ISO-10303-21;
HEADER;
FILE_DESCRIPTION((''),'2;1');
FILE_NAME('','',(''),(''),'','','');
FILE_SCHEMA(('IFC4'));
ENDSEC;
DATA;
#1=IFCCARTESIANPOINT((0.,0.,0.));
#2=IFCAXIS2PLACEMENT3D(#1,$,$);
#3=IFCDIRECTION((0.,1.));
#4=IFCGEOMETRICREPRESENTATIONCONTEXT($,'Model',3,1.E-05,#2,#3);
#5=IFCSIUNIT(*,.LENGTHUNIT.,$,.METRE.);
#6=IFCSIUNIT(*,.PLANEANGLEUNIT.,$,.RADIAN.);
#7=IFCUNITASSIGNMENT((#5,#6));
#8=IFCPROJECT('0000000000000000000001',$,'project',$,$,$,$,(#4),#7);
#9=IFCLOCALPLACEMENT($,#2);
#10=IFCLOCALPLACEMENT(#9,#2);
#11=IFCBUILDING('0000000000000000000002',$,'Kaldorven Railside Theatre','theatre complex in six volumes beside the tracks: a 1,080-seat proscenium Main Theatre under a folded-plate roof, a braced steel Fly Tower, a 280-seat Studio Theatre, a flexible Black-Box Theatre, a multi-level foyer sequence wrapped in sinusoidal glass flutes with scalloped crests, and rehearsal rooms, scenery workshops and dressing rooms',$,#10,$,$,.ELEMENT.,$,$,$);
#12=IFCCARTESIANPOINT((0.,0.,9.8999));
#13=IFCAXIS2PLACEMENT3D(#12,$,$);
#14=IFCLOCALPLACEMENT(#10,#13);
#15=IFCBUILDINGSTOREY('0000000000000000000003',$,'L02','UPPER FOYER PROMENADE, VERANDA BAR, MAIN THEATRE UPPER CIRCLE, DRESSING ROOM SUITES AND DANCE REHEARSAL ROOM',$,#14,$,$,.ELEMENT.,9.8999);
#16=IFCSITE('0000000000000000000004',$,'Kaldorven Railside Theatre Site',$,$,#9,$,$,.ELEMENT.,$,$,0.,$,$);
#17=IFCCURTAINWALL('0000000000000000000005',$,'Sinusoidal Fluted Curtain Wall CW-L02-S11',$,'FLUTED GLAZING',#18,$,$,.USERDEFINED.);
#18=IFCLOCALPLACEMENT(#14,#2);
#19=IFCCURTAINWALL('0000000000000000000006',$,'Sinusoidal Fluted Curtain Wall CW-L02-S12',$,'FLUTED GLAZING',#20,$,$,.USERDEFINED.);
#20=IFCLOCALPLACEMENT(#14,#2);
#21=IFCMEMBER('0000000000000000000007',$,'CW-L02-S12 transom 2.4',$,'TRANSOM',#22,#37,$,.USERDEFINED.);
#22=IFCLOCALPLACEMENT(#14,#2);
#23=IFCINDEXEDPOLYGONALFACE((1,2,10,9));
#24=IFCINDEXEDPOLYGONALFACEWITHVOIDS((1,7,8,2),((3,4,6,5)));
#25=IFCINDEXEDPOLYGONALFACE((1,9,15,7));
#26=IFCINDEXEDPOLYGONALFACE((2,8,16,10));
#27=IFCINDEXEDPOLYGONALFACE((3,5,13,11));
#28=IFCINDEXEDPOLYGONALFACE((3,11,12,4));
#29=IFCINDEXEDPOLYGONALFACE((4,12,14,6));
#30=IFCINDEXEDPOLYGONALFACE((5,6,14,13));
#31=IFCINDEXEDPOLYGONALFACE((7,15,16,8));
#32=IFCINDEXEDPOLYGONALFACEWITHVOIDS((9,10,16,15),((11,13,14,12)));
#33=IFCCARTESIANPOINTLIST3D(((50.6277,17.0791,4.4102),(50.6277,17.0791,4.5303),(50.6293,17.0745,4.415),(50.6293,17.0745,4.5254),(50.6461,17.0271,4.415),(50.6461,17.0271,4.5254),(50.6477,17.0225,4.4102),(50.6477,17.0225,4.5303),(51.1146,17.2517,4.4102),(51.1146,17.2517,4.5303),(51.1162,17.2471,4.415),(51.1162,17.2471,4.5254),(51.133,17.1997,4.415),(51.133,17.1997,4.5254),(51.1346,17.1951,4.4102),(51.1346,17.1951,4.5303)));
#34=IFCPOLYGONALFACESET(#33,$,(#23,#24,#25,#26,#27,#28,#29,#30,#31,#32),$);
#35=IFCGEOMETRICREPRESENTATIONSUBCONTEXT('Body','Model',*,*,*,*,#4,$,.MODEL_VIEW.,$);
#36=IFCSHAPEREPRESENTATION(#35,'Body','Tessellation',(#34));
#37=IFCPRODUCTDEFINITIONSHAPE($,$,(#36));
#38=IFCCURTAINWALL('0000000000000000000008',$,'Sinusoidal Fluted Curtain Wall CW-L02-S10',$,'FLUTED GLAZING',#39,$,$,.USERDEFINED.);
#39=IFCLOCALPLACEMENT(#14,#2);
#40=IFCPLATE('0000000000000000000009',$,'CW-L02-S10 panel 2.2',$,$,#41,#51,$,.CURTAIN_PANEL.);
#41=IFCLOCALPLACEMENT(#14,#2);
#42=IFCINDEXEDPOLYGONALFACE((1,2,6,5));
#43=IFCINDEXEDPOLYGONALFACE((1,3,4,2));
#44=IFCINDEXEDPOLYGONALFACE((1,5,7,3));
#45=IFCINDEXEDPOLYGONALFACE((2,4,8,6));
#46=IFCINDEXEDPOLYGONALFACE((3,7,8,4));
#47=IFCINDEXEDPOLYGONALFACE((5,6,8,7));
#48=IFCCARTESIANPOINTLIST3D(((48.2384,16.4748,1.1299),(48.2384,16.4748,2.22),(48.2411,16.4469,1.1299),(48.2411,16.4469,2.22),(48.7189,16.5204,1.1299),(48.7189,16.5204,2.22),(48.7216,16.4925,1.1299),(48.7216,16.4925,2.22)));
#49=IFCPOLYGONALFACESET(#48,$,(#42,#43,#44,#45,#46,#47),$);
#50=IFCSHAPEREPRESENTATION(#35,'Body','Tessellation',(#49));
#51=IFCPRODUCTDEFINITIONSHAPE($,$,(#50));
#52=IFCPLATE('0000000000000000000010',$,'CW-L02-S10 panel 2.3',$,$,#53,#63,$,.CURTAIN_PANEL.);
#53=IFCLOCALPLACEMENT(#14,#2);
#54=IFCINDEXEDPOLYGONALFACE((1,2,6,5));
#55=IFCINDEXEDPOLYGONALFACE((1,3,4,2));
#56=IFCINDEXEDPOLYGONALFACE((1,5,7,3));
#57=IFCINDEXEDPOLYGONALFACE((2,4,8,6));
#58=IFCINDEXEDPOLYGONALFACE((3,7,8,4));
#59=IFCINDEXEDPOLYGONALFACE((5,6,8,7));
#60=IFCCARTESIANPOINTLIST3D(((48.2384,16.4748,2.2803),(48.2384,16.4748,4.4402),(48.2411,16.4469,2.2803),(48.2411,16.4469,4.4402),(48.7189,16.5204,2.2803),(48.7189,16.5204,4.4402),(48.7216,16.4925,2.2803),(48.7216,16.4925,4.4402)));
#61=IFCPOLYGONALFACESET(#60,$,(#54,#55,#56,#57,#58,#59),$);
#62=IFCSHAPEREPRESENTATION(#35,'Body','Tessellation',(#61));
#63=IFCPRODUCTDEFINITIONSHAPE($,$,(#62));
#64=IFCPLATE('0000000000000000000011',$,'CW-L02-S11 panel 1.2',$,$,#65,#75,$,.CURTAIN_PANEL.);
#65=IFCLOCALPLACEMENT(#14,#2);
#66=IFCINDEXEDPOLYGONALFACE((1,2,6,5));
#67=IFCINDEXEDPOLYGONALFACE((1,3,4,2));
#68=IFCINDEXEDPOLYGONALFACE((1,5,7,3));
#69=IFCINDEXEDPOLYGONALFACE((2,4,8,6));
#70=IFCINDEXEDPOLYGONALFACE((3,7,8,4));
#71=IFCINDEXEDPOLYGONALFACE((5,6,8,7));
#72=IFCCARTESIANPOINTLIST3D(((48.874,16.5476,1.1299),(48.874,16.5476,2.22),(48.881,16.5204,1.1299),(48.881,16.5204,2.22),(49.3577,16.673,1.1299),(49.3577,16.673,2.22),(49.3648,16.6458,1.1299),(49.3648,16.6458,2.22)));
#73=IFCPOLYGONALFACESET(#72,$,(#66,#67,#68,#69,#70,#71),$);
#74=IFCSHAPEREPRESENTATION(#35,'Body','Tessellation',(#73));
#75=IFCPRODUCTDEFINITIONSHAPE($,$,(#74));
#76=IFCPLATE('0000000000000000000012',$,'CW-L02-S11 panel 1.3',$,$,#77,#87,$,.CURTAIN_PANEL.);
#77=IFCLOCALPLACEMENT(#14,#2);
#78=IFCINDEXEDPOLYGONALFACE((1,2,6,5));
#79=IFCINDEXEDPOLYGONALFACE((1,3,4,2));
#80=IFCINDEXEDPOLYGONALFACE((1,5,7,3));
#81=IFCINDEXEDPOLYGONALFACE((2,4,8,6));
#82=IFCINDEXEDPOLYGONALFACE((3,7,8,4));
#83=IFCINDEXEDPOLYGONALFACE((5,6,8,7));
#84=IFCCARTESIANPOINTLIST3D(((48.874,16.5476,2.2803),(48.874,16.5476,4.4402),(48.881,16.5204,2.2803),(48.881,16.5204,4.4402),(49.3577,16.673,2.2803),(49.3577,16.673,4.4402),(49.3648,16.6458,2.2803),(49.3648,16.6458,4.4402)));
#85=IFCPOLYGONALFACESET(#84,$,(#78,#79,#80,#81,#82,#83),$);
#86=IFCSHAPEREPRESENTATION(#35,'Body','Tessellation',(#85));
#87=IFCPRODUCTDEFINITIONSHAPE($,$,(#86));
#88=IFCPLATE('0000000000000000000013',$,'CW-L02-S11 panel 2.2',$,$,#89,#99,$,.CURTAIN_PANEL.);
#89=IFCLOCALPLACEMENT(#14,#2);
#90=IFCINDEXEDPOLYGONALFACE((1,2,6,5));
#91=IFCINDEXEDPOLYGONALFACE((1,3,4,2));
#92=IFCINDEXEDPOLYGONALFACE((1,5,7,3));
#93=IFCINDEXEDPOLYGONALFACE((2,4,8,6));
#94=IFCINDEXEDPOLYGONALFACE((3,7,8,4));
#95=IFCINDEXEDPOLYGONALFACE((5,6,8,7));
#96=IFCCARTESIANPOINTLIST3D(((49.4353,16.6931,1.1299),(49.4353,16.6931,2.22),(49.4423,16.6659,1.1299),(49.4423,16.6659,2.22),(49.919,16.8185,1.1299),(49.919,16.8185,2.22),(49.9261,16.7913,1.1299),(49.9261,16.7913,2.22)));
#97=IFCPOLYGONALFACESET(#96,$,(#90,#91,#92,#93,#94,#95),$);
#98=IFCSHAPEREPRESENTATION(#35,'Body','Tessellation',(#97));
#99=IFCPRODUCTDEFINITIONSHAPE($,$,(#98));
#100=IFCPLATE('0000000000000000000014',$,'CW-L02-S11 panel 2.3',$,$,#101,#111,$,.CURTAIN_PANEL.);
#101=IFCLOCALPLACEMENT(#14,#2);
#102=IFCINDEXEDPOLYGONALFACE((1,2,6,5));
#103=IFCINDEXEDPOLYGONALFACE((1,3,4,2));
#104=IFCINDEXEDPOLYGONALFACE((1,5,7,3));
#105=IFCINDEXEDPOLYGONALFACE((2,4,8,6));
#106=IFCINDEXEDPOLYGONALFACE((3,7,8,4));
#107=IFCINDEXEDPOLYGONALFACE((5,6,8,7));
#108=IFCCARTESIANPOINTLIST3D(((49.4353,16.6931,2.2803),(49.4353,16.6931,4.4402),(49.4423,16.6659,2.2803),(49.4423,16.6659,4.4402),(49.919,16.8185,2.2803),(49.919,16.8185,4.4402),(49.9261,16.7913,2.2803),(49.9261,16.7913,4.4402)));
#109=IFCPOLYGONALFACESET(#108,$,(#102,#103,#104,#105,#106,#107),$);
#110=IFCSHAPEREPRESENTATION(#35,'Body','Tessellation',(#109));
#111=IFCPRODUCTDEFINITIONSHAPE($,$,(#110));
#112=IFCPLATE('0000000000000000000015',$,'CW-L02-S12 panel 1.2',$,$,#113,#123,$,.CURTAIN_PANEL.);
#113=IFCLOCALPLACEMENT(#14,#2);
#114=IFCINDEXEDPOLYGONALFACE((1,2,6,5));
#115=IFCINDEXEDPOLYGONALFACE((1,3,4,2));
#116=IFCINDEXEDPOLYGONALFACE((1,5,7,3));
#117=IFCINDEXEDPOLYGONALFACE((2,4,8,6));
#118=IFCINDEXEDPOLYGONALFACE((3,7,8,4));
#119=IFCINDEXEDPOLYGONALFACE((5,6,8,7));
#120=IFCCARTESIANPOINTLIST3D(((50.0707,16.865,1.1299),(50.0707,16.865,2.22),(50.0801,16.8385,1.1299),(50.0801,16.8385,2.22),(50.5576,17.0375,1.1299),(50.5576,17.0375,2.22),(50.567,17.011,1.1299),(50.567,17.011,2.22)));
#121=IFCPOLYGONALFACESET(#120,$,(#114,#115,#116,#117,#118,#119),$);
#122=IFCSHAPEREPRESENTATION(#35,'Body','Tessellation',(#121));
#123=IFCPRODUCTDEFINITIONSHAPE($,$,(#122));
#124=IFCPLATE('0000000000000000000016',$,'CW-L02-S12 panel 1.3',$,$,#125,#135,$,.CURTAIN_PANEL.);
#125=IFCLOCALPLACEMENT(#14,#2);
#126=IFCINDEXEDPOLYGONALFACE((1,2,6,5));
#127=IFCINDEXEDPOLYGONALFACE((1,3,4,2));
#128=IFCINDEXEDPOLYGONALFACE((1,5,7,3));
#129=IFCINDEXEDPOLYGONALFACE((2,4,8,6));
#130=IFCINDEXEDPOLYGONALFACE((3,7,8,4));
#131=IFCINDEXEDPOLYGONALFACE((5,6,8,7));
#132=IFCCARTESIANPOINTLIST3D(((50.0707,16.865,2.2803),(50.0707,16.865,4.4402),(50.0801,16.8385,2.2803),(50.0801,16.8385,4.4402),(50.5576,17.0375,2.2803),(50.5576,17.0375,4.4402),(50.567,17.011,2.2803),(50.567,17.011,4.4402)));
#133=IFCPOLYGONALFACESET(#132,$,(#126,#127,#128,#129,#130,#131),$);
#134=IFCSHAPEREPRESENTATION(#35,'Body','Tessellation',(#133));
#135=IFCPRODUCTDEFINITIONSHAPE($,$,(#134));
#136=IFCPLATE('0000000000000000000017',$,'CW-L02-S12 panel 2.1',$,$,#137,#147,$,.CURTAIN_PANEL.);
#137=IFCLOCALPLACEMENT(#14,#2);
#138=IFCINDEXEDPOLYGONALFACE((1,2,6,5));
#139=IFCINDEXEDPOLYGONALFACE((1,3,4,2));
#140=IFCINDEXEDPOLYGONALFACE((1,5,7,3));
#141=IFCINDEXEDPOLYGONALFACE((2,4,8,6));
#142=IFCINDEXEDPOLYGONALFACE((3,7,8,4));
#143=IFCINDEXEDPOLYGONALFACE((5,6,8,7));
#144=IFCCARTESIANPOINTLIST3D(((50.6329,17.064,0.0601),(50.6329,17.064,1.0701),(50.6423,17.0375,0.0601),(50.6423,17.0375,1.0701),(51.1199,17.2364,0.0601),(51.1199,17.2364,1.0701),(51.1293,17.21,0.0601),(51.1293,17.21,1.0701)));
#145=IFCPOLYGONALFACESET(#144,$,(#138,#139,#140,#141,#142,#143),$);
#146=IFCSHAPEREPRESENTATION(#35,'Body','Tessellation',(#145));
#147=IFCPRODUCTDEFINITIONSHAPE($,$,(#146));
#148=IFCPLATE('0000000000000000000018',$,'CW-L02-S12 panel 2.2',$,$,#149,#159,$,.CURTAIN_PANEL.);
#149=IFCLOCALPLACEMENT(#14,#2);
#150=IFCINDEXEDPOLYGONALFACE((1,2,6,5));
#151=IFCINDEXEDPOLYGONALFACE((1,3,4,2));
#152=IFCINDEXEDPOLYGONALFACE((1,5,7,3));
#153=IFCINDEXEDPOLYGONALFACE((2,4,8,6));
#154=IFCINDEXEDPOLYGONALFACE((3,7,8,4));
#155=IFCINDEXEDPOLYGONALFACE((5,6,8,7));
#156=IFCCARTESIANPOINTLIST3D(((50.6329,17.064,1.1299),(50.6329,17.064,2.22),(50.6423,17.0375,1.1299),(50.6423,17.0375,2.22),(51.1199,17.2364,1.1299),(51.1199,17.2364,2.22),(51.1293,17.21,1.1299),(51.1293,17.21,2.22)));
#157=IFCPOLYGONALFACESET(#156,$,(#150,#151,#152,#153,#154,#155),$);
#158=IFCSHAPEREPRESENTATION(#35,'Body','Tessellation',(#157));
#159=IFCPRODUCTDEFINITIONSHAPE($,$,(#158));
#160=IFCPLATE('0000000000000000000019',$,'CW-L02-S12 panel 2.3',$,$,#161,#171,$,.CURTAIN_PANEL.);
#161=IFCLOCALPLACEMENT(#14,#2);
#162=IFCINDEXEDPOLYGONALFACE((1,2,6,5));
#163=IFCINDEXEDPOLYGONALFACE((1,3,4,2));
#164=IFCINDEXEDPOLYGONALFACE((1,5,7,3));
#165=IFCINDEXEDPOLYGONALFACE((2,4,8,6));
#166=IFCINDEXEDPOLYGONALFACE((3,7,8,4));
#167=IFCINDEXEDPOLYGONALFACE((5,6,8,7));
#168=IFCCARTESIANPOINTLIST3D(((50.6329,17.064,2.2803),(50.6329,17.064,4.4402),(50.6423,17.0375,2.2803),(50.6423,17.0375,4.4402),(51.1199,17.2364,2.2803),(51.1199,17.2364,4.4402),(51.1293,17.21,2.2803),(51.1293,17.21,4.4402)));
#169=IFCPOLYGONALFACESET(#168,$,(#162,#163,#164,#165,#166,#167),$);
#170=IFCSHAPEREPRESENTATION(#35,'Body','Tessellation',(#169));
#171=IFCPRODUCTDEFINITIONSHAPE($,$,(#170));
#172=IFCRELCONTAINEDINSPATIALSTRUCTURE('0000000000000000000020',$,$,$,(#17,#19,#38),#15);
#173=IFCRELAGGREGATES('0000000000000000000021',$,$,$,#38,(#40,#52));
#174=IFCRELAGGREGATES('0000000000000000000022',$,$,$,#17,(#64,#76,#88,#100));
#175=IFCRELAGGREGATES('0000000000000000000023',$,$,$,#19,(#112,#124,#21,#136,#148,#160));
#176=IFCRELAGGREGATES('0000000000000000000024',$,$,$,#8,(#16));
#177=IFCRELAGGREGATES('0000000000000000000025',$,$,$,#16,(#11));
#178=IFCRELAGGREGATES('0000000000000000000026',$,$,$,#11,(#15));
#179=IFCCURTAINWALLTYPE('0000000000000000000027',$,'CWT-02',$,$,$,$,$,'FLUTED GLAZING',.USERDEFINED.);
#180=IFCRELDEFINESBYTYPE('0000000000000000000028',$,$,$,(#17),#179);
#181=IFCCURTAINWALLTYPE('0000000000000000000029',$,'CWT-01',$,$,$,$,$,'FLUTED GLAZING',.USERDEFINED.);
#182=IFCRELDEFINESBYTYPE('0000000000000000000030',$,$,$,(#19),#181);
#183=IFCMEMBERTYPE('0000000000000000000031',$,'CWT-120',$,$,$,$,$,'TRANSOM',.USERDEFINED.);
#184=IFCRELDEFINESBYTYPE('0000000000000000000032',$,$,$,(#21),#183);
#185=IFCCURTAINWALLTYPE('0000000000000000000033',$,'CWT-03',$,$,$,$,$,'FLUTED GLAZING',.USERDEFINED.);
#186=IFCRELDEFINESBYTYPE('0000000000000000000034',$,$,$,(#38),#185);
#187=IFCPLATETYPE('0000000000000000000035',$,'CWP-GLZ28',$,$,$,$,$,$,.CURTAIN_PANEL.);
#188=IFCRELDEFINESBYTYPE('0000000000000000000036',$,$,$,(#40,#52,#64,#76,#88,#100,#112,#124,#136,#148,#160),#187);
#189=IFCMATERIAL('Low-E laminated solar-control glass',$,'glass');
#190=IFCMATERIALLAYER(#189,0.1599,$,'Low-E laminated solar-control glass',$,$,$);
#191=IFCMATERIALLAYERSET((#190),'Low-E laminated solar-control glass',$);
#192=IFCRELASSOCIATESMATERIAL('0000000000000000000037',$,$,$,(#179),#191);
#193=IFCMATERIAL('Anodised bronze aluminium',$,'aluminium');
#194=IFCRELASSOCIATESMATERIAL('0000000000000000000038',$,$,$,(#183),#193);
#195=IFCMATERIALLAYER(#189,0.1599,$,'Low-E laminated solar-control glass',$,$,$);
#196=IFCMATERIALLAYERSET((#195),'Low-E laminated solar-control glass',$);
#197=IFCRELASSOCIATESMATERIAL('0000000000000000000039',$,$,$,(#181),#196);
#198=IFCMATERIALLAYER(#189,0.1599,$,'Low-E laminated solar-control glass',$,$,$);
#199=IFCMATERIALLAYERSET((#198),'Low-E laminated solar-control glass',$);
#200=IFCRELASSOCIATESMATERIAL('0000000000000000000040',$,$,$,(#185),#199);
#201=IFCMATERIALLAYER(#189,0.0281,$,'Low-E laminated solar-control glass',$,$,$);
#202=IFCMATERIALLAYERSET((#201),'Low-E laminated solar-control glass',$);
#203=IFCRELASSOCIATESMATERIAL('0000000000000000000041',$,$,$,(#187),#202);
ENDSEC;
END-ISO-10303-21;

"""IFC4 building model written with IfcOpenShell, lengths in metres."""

from ifc_helpers import new_model, si_unit, direction, frame, origin, origin_2d, place, context, subcontext, project, spatial, rectangle, hollow_rectangle, extrude, material, layer, layer_set, material_profile, profile_set, type_object, element, aggregate, save


model = new_model("IFC4")

# Units and contexts
model_context = context("Model", 3, precision=1e-05, world=origin(), true_north=direction((0.0, 1.0)))
body_context = subcontext(model_context, "Body", "Model", "MODEL_VIEW")
ifc_project = project(units=[si_unit("LENGTHUNIT", "METRE"), si_unit("PLANEANGLEUNIT", "RADIAN")], contexts=[model_context])

# Site, building, storey
site_placement = place(None, origin())
site = spatial("IfcSite", under=ifc_project, at=site_placement, Name="Kaldorven Railside Theatre Site", CompositionType="ELEMENT", RefElevation=0.0)
building_placement = place(site_placement, origin())
building = spatial("IfcBuilding", under=site, at=building_placement, Name="Kaldorven Railside Theatre", Description="theatre complex in six volumes beside the tracks: a 1,080-seat proscenium Main Theatre under a folded-plate roof, a braced steel Fly Tower, a 280-seat Studio Theatre, a flexible Black-Box Theatre, a multi-level foyer sequence wrapped in sinusoidal glass flutes with scalloped crests, and rehearsal rooms, scenery workshops and dressing rooms", CompositionType="ELEMENT")
storey_placement = place(building_placement, frame((0.0, 0.0, 9.8999)))
storey = spatial("IfcBuildingStorey", under=building, at=storey_placement, Name="L02", Description="UPPER FOYER PROMENADE, VERANDA BAR, MAIN THEATRE UPPER CIRCLE, DRESSING ROOM SUITES AND DANCE REHEARSAL ROOM", CompositionType="ELEMENT", Elevation=9.8999)

# Curtain walls, member
ifc_material_1 = material(Name="Low-E laminated solar-control glass", Category="glass")
ifc_layer_1 = layer(ifc_material_1, 0.1599, Name="Low-E laminated solar-control glass")
ifc_layer_set_1 = layer_set([ifc_layer_1], Name="Low-E laminated solar-control glass")
curtain_wall_type_1 = type_object("IfcCurtainWallType", Name="CWT-02", ElementType="FLUTED GLAZING", PredefinedType="USERDEFINED", material=ifc_layer_set_1)
curtain_wall_1_placement = place(storey_placement, origin())
curtain_wall_1 = element("IfcCurtainWall", 1, at=curtain_wall_1_placement, inside=storey, type_object=curtain_wall_type_1, Name="Sinusoidal Fluted Curtain Wall CW-L02-S11", ObjectType="FLUTED GLAZING", PredefinedType="USERDEFINED")
ifc_material_2 = material(Name="Anodised bronze aluminium", Category="aluminium")
ifc_material_profile = material_profile(ifc_material_2, hollow_rectangle(XDim=0.0601, YDim=0.1201, WallThickness=0.0049, at=origin_2d()), Name="RHS 120x60x5")
ifc_profile_set = profile_set([ifc_material_profile], Name="Anodised bronze aluminium")
member_type = type_object("IfcMemberType", Name="CWT-120", ElementType="TRANSOM", PredefinedType="USERDEFINED", material=ifc_profile_set)
ifc_layer_2 = layer(ifc_material_1, 0.1599, Name="Low-E laminated solar-control glass")
ifc_layer_set_2 = layer_set([ifc_layer_2], Name="Low-E laminated solar-control glass")
curtain_wall_type_2 = type_object("IfcCurtainWallType", Name="CWT-01", ElementType="FLUTED GLAZING", PredefinedType="USERDEFINED", material=ifc_layer_set_2)
curtain_wall_2_placement = place(storey_placement, origin())
curtain_wall_2 = element("IfcCurtainWall", 2, at=curtain_wall_2_placement, inside=storey, type_object=curtain_wall_type_2, Name="Sinusoidal Fluted Curtain Wall CW-L02-S12", ObjectType="FLUTED GLAZING", PredefinedType="USERDEFINED")
member_1_placement = place(storey_placement, frame((50.6377, 17.0508, 4.4702), z_axis=(0.942509, 0.33418, 0.0), x_axis=(-0.33418, 0.942509, 0.0)))
member_1 = element("IfcMember", 3, at=member_1_placement, type_object=member_type, Name="CW-L02-S12 transom 2.4", ObjectType="TRANSOM", PredefinedType="USERDEFINED", context=body_context, shape_type="SweptSolid", body=[
    extrude(hollow_rectangle(XDim=0.0601, YDim=0.1201, WallThickness=0.0049, at=origin_2d()), origin(), (0.0, 0.0, 1.0), 0.5166),
])

# Curtain wall, plates
ifc_layer_3 = layer(ifc_material_1, 0.1599, Name="Low-E laminated solar-control glass")
ifc_layer_set_3 = layer_set([ifc_layer_3], Name="Low-E laminated solar-control glass")
curtain_wall_type_3 = type_object("IfcCurtainWallType", Name="CWT-03", ElementType="FLUTED GLAZING", PredefinedType="USERDEFINED", material=ifc_layer_set_3)
curtain_wall_3_placement = place(storey_placement, origin())
curtain_wall_3 = element("IfcCurtainWall", 4, at=curtain_wall_3_placement, inside=storey, type_object=curtain_wall_type_3, Name="Sinusoidal Fluted Curtain Wall CW-L02-S10", ObjectType="FLUTED GLAZING", PredefinedType="USERDEFINED")
ifc_layer_4 = layer(ifc_material_1, 0.0281, Name="Low-E laminated solar-control glass")
ifc_layer_set_4 = layer_set([ifc_layer_4], Name="Low-E laminated solar-control glass")
plate_type = type_object("IfcPlateType", Name="CWP-GLZ28", PredefinedType="CURTAIN_PANEL", material=ifc_layer_set_4)
plate_1_placement = place(storey_placement, frame((48.48, 16.4836, 1.1299), z_axis=(0.0, 0.0, 1.0), x_axis=(0.995526, 0.094492, 0.0)))
plate_1 = element("IfcPlate", 5, at=plate_1_placement, type_object=plate_type, Name="CW-L02-S10 panel 2.2", PredefinedType="CURTAIN_PANEL", context=body_context, shape_type="SweptSolid", body=[
    extrude(rectangle(XDim=0.4827, YDim=0.0281, at=origin_2d()), origin(), (0.0, 0.0, 1.0), 1.0901),
])
plate_2_placement = place(storey_placement, frame((48.48, 16.4836, 2.2803), z_axis=(0.0, 0.0, 1.0), x_axis=(0.995526, 0.094492, 0.0)))
plate_2 = element("IfcPlate", 6, at=plate_2_placement, type_object=plate_type, Name="CW-L02-S10 panel 2.3", PredefinedType="CURTAIN_PANEL", context=body_context, shape_type="SweptSolid", body=[
    extrude(rectangle(XDim=0.4827, YDim=0.0281, at=origin_2d()), origin(), (0.0, 0.0, 1.0), 2.1599),
])
aggregate(curtain_wall_3, [plate_1, plate_2])

# Plates
plate_3_placement = place(storey_placement, frame((49.1194, 16.5967, 1.1299), z_axis=(0.0, 0.0, 1.0), x_axis=(0.967999, 0.250954, 0.0)))
plate_3 = element("IfcPlate", 7, at=plate_3_placement, type_object=plate_type, Name="CW-L02-S11 panel 1.2", PredefinedType="CURTAIN_PANEL", context=body_context, shape_type="SweptSolid", body=[
    extrude(rectangle(XDim=0.4998, YDim=0.0281, at=origin_2d()), origin(), (0.0, 0.0, 1.0), 1.0901),
])
plate_4_placement = place(storey_placement, frame((49.1194, 16.5967, 2.2803), z_axis=(0.0, 0.0, 1.0), x_axis=(0.967999, 0.250954, 0.0)))
plate_4 = element("IfcPlate", 8, at=plate_4_placement, type_object=plate_type, Name="CW-L02-S11 panel 1.3", PredefinedType="CURTAIN_PANEL", context=body_context, shape_type="SweptSolid", body=[
    extrude(rectangle(XDim=0.4998, YDim=0.0281, at=origin_2d()), origin(), (0.0, 0.0, 1.0), 2.1599),
])
plate_5_placement = place(storey_placement, frame((49.6807, 16.7422, 1.1299), z_axis=(0.0, 0.0, 1.0), x_axis=(0.967999, 0.250954, 0.0)))
plate_5 = element("IfcPlate", 9, at=plate_5_placement, type_object=plate_type, Name="CW-L02-S11 panel 2.2", PredefinedType="CURTAIN_PANEL", context=body_context, shape_type="SweptSolid", body=[
    extrude(rectangle(XDim=0.4998, YDim=0.0281, at=origin_2d()), origin(), (0.0, 0.0, 1.0), 1.0901),
])
plate_6_placement = place(storey_placement, frame((49.6807, 16.7422, 2.2803), z_axis=(0.0, 0.0, 1.0), x_axis=(0.967999, 0.250954, 0.0)))
plate_6 = element("IfcPlate", 10, at=plate_6_placement, type_object=plate_type, Name="CW-L02-S11 panel 2.3", PredefinedType="CURTAIN_PANEL", context=body_context, shape_type="SweptSolid", body=[
    extrude(rectangle(XDim=0.4998, YDim=0.0281, at=origin_2d()), origin(), (0.0, 0.0, 1.0), 2.1599),
])
aggregate(curtain_wall_1, [plate_3, plate_4, plate_5, plate_6])
plate_7_placement = place(storey_placement, frame((50.3188, 16.938, 1.1299), z_axis=(0.0, 0.0, 1.0), x_axis=(0.942627, 0.333847, 0.0)))
plate_7 = element("IfcPlate", 11, at=plate_7_placement, type_object=plate_type, Name="CW-L02-S12 panel 1.2", PredefinedType="CURTAIN_PANEL", context=body_context, shape_type="SweptSolid", body=[
    extrude(rectangle(XDim=0.5166, YDim=0.0281, at=origin_2d()), origin(), (0.0, 0.0, 1.0), 1.0901),
])
plate_8_placement = place(storey_placement, frame((50.3188, 16.938, 2.2803), z_axis=(0.0, 0.0, 1.0), x_axis=(0.942627, 0.333847, 0.0)))
plate_8 = element("IfcPlate", 12, at=plate_8_placement, type_object=plate_type, Name="CW-L02-S12 panel 1.3", PredefinedType="CURTAIN_PANEL", context=body_context, shape_type="SweptSolid", body=[
    extrude(rectangle(XDim=0.5166, YDim=0.0281, at=origin_2d()), origin(), (0.0, 0.0, 1.0), 2.1599),
])
plate_9_placement = place(storey_placement, frame((50.8811, 17.137, 0.0601), z_axis=(0.0, 0.0, 1.0), x_axis=(0.942627, 0.333847, 0.0)))
plate_9 = element("IfcPlate", 13, at=plate_9_placement, type_object=plate_type, Name="CW-L02-S12 panel 2.1", PredefinedType="CURTAIN_PANEL", context=body_context, shape_type="SweptSolid", body=[
    extrude(rectangle(XDim=0.5166, YDim=0.0281, at=origin_2d()), origin(), (0.0, 0.0, 1.0), 1.01),
])
plate_10_placement = place(storey_placement, frame((50.8811, 17.137, 1.1299), z_axis=(0.0, 0.0, 1.0), x_axis=(0.942627, 0.333847, 0.0)))
plate_10 = element("IfcPlate", 14, at=plate_10_placement, type_object=plate_type, Name="CW-L02-S12 panel 2.2", PredefinedType="CURTAIN_PANEL", context=body_context, shape_type="SweptSolid", body=[
    extrude(rectangle(XDim=0.5166, YDim=0.0281, at=origin_2d()), origin(), (0.0, 0.0, 1.0), 1.0901),
])
plate_11_placement = place(storey_placement, frame((50.8811, 17.137, 2.2803), z_axis=(0.0, 0.0, 1.0), x_axis=(0.942627, 0.333847, 0.0)))
plate_11 = element("IfcPlate", 15, at=plate_11_placement, type_object=plate_type, Name="CW-L02-S12 panel 2.3", PredefinedType="CURTAIN_PANEL", context=body_context, shape_type="SweptSolid", body=[
    extrude(rectangle(XDim=0.5166, YDim=0.0281, at=origin_2d()), origin(), (0.0, 0.0, 1.0), 2.1599),
])
aggregate(curtain_wall_2, [plate_7, plate_8, member_1, plate_9, plate_10, plate_11])

save(model, "model.ifc")
